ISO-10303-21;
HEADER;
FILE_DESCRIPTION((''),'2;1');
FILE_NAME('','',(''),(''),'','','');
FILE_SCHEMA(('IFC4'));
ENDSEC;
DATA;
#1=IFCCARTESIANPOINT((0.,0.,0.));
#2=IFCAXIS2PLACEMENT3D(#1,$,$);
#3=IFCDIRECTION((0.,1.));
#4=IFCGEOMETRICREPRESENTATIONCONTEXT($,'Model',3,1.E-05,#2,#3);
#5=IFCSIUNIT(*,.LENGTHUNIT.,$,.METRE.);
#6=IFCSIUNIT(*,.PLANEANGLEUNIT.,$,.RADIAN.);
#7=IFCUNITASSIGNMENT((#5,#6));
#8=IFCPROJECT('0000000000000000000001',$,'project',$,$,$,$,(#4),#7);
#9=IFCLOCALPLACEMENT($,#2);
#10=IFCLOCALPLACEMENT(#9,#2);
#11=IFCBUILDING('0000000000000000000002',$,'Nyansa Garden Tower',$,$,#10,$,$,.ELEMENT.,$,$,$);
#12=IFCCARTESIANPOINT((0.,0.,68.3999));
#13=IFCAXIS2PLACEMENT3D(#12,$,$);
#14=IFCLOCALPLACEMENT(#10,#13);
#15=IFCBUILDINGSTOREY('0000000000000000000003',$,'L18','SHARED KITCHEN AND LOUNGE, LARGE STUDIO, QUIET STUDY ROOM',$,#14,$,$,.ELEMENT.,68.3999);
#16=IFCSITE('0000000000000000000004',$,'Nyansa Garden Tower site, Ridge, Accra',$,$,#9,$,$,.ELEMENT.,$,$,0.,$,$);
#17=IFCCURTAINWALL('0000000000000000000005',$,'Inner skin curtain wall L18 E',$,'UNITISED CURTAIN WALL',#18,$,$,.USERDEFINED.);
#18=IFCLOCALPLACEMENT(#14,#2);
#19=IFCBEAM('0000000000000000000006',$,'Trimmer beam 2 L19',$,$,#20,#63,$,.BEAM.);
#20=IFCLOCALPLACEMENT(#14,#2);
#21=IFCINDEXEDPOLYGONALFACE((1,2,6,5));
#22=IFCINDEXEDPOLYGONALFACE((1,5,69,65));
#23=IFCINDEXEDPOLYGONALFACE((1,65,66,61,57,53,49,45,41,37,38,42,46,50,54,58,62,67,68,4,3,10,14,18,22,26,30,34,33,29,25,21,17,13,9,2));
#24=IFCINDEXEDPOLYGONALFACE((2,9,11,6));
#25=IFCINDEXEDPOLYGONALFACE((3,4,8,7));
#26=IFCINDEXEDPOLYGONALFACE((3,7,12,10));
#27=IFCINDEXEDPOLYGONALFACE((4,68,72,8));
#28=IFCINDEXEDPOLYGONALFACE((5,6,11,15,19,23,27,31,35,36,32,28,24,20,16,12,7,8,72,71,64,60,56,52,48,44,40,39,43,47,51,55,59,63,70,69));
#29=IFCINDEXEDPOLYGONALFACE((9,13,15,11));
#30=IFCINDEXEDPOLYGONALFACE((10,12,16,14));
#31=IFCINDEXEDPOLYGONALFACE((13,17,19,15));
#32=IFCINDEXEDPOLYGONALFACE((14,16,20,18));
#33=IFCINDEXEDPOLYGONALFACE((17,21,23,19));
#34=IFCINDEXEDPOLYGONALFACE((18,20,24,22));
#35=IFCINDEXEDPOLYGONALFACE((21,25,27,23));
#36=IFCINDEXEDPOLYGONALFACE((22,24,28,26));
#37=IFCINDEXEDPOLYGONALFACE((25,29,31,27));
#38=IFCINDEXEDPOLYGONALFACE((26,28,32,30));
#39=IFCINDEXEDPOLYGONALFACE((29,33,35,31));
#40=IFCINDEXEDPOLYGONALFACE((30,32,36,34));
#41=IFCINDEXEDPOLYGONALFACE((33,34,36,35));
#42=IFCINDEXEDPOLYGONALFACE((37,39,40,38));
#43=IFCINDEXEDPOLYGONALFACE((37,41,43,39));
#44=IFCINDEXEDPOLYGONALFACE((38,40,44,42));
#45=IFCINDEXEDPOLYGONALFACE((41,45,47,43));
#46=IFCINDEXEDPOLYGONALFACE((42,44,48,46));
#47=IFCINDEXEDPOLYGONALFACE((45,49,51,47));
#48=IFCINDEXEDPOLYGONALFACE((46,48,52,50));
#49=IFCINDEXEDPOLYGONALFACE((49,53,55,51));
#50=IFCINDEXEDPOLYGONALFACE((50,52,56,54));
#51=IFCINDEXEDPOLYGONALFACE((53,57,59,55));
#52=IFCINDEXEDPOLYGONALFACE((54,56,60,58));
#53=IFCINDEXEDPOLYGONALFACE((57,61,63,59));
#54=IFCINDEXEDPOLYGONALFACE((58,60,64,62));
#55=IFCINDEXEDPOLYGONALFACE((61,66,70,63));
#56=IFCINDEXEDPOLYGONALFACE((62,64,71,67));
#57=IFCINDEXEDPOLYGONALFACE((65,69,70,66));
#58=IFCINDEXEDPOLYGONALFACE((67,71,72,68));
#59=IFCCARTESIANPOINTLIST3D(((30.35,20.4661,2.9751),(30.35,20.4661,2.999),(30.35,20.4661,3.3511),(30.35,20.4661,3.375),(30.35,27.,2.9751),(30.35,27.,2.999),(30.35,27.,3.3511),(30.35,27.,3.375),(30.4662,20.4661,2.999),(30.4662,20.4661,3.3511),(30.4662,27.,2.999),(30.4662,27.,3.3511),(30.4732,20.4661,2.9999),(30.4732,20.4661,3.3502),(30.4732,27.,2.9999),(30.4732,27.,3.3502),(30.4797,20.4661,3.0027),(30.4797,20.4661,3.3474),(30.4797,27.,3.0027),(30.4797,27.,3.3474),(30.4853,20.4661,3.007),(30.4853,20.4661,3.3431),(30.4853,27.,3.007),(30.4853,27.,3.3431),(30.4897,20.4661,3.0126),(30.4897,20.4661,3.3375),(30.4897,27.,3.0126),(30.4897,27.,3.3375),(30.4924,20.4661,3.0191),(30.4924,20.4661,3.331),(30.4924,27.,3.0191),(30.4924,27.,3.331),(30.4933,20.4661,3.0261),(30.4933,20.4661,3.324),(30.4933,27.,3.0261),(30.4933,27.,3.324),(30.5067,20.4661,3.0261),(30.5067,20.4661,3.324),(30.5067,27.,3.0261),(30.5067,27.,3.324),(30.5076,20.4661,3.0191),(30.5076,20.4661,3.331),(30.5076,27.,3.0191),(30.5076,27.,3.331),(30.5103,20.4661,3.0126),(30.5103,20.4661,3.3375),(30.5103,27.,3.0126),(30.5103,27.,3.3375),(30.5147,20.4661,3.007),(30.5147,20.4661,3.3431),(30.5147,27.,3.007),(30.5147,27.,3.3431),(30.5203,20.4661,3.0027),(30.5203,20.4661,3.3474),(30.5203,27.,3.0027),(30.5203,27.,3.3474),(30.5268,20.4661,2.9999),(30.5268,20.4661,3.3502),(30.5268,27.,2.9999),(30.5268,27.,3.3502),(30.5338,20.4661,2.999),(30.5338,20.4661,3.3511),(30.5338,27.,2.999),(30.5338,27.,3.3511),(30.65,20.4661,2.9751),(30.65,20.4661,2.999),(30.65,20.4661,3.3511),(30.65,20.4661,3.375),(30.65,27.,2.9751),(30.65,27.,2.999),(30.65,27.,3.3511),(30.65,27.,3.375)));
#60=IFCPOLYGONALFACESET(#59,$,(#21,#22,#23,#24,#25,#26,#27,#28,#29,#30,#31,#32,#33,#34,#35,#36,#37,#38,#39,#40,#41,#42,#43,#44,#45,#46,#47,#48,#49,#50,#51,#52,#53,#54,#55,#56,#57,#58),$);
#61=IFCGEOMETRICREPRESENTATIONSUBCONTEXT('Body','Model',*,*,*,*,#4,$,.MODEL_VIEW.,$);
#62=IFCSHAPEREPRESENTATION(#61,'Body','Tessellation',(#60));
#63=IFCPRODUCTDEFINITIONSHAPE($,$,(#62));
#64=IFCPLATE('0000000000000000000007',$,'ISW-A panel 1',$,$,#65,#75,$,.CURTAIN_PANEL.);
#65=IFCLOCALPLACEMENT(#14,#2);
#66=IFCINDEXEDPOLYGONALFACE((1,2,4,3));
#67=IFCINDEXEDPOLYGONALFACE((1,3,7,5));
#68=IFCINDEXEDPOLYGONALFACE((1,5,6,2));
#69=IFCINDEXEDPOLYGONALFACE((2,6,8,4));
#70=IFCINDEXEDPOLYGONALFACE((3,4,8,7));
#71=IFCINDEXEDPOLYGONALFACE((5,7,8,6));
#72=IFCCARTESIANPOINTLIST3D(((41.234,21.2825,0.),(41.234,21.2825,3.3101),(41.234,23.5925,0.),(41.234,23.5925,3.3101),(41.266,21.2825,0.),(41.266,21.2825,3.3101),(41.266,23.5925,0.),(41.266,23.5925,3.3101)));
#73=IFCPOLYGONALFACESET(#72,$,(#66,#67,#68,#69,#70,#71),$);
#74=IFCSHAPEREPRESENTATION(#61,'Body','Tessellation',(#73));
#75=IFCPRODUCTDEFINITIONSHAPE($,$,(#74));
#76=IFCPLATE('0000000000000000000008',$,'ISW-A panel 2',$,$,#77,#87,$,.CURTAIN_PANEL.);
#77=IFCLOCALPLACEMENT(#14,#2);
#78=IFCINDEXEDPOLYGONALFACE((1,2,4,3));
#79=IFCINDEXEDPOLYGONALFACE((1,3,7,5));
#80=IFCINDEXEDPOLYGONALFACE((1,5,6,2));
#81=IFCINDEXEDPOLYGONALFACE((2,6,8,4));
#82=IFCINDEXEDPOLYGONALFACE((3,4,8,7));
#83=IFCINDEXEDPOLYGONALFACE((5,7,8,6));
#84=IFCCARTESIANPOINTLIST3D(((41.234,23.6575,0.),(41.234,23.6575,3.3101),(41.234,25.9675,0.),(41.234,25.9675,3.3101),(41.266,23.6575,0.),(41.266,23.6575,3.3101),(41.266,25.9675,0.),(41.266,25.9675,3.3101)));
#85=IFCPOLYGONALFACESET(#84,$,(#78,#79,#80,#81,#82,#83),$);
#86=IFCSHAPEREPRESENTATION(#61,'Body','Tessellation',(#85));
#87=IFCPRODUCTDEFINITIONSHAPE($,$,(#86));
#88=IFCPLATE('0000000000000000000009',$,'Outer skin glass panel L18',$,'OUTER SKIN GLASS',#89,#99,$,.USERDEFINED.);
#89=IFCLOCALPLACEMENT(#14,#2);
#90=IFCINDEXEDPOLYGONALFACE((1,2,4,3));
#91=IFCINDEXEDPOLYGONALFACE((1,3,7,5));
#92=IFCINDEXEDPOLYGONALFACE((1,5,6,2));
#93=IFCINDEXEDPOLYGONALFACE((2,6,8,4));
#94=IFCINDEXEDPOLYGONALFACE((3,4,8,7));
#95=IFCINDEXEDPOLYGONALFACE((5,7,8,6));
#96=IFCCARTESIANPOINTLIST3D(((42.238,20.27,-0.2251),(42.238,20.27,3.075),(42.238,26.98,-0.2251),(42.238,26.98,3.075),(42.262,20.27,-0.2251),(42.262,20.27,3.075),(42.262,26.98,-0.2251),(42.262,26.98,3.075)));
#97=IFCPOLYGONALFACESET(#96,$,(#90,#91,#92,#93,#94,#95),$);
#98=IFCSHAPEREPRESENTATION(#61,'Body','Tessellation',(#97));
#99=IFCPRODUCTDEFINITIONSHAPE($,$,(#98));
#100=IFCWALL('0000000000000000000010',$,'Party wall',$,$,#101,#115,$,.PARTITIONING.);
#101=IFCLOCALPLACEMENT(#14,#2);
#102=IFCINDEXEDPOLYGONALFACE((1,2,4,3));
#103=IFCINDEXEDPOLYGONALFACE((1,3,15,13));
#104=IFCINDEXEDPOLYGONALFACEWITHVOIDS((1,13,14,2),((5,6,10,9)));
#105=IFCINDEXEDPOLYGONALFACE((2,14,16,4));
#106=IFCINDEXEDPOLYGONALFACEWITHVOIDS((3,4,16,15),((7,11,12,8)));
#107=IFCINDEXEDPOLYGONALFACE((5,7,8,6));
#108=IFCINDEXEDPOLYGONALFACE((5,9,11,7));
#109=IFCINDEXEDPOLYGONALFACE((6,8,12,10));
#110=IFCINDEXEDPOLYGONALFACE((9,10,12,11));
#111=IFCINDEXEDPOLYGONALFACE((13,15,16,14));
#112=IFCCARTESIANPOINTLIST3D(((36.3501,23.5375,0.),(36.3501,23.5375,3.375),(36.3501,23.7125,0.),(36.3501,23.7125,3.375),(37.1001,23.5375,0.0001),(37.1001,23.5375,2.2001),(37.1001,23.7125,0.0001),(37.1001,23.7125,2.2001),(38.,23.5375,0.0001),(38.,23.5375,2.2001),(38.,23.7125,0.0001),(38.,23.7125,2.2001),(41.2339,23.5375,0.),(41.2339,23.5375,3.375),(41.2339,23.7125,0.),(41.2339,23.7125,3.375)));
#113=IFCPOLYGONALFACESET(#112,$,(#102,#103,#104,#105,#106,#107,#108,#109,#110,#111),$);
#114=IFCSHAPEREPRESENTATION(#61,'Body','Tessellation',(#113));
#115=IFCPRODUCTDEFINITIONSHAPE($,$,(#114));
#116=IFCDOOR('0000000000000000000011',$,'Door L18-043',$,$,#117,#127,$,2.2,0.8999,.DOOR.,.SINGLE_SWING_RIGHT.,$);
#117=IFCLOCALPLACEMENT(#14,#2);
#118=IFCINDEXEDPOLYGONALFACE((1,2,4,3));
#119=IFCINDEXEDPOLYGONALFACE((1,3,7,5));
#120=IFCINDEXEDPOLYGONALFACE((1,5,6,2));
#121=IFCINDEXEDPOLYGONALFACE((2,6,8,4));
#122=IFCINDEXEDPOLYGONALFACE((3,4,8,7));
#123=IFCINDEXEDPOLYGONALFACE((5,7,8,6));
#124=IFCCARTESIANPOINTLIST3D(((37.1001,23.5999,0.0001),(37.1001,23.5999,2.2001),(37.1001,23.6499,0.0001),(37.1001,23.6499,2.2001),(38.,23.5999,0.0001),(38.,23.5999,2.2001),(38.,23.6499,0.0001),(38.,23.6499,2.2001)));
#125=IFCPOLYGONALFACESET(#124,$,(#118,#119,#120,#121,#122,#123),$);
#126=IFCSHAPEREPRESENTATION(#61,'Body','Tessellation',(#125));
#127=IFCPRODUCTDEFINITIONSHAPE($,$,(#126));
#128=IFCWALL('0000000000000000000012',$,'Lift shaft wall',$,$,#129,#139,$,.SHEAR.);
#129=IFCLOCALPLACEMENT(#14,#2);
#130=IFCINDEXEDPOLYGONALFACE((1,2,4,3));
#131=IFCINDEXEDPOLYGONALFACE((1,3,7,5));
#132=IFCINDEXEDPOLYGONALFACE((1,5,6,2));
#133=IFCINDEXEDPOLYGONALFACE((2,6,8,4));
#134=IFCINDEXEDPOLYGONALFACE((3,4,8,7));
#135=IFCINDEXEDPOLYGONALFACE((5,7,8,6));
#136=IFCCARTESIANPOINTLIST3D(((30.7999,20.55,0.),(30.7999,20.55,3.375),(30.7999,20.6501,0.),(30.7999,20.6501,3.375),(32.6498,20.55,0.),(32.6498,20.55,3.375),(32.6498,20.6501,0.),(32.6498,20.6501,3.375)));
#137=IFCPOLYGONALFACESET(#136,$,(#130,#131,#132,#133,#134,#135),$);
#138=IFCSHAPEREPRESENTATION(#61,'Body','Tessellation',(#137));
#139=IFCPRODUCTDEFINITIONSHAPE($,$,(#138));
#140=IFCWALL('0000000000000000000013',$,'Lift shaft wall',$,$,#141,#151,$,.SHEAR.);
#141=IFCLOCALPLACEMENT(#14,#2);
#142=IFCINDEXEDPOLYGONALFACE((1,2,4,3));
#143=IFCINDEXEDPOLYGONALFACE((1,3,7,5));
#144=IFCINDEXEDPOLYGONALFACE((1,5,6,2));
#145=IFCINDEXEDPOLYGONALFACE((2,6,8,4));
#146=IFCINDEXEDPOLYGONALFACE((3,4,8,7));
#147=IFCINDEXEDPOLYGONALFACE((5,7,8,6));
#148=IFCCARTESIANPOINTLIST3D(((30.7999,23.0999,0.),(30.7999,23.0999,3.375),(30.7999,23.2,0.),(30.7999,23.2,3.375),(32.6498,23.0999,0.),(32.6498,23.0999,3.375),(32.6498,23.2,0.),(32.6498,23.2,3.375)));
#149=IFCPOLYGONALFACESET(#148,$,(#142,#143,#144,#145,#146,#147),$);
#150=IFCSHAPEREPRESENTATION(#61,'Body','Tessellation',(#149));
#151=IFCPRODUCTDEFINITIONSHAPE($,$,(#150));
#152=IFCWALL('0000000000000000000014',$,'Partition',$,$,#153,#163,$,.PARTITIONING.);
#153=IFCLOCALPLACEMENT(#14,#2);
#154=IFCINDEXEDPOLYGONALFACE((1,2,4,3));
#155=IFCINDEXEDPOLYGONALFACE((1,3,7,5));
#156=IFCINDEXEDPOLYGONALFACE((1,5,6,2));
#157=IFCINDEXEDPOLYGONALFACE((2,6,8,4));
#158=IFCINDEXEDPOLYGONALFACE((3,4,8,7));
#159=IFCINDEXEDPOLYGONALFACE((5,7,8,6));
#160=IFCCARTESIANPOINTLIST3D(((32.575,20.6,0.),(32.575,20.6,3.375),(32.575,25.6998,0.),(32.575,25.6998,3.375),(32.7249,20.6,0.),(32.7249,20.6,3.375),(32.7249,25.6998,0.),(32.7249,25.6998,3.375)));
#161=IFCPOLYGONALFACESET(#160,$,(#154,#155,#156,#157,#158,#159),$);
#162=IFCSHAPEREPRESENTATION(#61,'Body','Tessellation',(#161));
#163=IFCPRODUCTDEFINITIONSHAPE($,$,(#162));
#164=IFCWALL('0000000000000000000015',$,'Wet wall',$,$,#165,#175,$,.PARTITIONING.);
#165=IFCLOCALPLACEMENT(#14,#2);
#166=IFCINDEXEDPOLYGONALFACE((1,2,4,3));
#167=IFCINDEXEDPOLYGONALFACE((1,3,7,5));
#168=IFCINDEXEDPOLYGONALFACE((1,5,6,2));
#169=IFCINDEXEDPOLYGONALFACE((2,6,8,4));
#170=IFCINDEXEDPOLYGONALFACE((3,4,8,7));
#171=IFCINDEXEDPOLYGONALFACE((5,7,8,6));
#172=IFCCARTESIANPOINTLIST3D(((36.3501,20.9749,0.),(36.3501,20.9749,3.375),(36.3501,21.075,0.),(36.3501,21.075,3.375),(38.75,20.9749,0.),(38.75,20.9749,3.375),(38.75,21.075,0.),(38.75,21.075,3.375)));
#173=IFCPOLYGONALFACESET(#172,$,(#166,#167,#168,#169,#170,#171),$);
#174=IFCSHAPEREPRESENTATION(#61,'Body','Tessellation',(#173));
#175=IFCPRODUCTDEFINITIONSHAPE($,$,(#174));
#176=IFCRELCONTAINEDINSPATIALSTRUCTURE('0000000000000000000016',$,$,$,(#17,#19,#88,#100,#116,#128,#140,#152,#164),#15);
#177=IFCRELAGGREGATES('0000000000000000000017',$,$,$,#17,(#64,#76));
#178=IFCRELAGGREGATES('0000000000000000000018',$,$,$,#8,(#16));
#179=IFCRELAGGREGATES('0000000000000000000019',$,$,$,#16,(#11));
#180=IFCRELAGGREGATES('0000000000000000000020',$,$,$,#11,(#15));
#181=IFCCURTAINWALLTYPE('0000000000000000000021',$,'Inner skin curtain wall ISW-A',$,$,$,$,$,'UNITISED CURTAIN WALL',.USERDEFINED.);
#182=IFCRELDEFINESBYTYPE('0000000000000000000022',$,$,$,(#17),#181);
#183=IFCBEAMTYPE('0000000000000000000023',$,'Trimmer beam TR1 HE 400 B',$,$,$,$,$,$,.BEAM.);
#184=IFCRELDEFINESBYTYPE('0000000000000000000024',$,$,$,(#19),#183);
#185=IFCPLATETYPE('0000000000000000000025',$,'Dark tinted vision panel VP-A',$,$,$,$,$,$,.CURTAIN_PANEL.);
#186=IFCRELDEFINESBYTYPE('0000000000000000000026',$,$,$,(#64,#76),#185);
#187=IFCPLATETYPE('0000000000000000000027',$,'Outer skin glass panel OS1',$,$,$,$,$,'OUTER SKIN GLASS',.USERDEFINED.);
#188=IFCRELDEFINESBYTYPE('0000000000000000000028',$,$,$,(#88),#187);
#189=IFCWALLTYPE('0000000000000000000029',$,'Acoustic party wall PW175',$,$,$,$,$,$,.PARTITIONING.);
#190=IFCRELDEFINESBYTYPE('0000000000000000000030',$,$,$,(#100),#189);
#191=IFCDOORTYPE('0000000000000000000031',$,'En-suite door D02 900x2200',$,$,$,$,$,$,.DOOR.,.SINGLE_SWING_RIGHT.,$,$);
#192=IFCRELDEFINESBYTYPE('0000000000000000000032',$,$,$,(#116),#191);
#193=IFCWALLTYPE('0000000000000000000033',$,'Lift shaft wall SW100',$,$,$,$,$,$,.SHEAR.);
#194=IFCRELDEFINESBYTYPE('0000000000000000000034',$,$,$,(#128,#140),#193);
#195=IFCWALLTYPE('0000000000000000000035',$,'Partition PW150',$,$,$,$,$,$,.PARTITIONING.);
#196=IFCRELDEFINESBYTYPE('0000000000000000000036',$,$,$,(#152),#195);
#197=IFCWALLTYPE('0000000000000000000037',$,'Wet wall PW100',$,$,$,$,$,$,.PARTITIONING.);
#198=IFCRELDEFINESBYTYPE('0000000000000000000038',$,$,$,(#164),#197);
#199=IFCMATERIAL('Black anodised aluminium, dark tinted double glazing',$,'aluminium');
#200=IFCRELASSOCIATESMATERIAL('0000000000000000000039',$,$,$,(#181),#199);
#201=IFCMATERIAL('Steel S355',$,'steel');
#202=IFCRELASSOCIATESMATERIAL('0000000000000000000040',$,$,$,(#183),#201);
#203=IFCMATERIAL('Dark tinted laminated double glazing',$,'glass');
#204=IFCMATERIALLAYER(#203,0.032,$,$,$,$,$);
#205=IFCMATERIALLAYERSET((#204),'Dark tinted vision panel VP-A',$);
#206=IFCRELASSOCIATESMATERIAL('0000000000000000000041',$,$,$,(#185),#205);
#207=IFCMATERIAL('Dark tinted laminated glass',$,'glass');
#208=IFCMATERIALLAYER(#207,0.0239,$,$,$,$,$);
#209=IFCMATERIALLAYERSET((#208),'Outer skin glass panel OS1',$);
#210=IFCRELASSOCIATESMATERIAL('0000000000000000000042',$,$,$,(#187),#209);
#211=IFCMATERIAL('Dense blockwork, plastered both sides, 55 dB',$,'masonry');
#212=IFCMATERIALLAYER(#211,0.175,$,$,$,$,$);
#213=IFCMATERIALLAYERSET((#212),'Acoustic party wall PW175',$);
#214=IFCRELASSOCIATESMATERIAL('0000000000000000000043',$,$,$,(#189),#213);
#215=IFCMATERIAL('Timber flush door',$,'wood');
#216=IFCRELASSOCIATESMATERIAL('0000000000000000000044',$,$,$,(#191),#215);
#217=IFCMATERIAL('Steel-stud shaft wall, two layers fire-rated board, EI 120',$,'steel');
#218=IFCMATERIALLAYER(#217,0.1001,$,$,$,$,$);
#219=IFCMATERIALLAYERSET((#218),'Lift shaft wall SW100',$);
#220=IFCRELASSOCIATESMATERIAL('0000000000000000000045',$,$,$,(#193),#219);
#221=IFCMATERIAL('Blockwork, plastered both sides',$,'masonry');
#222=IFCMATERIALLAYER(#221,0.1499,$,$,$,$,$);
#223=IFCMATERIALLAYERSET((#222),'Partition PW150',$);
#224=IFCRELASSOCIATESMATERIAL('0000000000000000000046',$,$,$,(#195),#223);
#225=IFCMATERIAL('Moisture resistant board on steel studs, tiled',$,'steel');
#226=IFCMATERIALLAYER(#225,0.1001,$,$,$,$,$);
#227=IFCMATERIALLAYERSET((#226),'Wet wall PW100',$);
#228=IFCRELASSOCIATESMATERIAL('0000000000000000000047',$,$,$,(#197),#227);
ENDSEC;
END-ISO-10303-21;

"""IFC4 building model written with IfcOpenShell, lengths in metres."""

from ifc_helpers import new_model, si_unit, direction, frame, frame_2d, origin, origin_2d, place, context, subcontext, project, spatial, rectangle, i_section, extrude, material, layer, layer_set, material_profile, profile_set, type_object, element, fill, aggregate, save


model = new_model("IFC4")

# Units and contexts
model_context = context("Model", 3, precision=1e-05, world=origin(), true_north=direction((0.0, 1.0)))
body_context = subcontext(model_context, "Body", "Model", "MODEL_VIEW")
ifc_project = project(units=[si_unit("LENGTHUNIT", "METRE"), si_unit("PLANEANGLEUNIT", "RADIAN")], contexts=[model_context])

# Site, building, storey
site_placement = place(None, origin())
site = spatial("IfcSite", under=ifc_project, at=site_placement, Name="Nyansa Garden Tower site, Ridge, Accra", CompositionType="ELEMENT", RefElevation=0.0)
building_placement = place(site_placement, origin())
building = spatial("IfcBuilding", under=site, at=building_placement, Name="Nyansa Garden Tower", CompositionType="ELEMENT")
storey_placement = place(building_placement, frame((0.0, 0.0, 68.3999)))
storey = spatial("IfcBuildingStorey", under=building, at=storey_placement, Name="L18", Description="SHARED KITCHEN AND LOUNGE, LARGE STUDIO, QUIET STUDY ROOM", CompositionType="ELEMENT", Elevation=68.3999)

# Curtain wall
ifc_material_1 = material(Name="Black anodised aluminium, dark tinted double glazing", Category="aluminium")
curtain_wall_type = type_object("IfcCurtainWallType", Name="Inner skin curtain wall ISW-A", ElementType="UNITISED CURTAIN WALL", PredefinedType="USERDEFINED", material=ifc_material_1)
curtain_wall_placement = place(storey_placement, origin())
curtain_wall = element("IfcCurtainWall", 1, at=curtain_wall_placement, inside=storey, type_object=curtain_wall_type, Name="Inner skin curtain wall L18 E", ObjectType="UNITISED CURTAIN WALL", PredefinedType="USERDEFINED")

# Beam
ifc_material_2 = material(Name="Steel S355", Category="steel")
ifc_material_profile_1 = material_profile(ifc_material_2, i_section(OverallWidth=0.3, OverallDepth=0.3999, WebThickness=0.0134, FlangeThickness=0.0239, FilletRadius=0.0271, at=origin_2d()), Name="HE 400 B")
ifc_profile_set_1 = profile_set([ifc_material_profile_1], Name="Steel S355")
beam_type_1 = type_object("IfcBeamType", Name="Trimmer beam TR1 HE 400 B", PredefinedType="BEAM", material=ifc_profile_set_1)
beam_1_placement = place(storey_placement, frame((30.5, 20.4661, 3.175), z_axis=(0.0, 1.0, 0.0), x_axis=(-1.0, 0.0, 0.0)))
element("IfcBeam", 2, at=beam_1_placement, inside=storey, type_object=beam_type_1, Name="Trimmer beam 2 L19", PredefinedType="BEAM", context=body_context, shape_type="SweptSolid", body=[
    extrude(i_section(OverallWidth=0.3, OverallDepth=0.3999, WebThickness=0.0134, FlangeThickness=0.0239, FilletRadius=0.0271, at=origin_2d()), origin(), (0.0, 0.0, 1.0), 6.5339),
])

# Plates
ifc_material_3 = material(Name="Dark tinted laminated double glazing", Category="glass")
ifc_layer_1 = layer(ifc_material_3, 0.032)
ifc_layer_set_1 = layer_set([ifc_layer_1], Name="Dark tinted vision panel VP-A")
plate_type_1 = type_object("IfcPlateType", Name="Dark tinted vision panel VP-A", PredefinedType="CURTAIN_PANEL", material=ifc_layer_set_1)
plate_1_placement = place(storey_placement, frame((41.25, 22.4375, 0.0), z_axis=(0.0, 0.0, 1.0), x_axis=(0.0, 1.0, 0.0)))
plate_1 = element("IfcPlate", 3, at=plate_1_placement, type_object=plate_type_1, Name="ISW-A panel 1", PredefinedType="CURTAIN_PANEL", context=body_context, shape_type="SweptSolid", body=[
    extrude(rectangle(XDim=2.3101, YDim=0.032, at=origin_2d()), origin(), (0.0, 0.0, 1.0), 3.3101),
])
plate_2_placement = place(storey_placement, frame((41.25, 24.8125, 0.0), z_axis=(0.0, 0.0, 1.0), x_axis=(0.0, 1.0, 0.0)))
plate_2 = element("IfcPlate", 4, at=plate_2_placement, type_object=plate_type_1, Name="ISW-A panel 2", PredefinedType="CURTAIN_PANEL", context=body_context, shape_type="SweptSolid", body=[
    extrude(rectangle(XDim=2.3101, YDim=0.032, at=origin_2d()), origin(), (0.0, 0.0, 1.0), 3.3101),
])
aggregate(curtain_wall, [plate_1, plate_2])
ifc_material_4 = material(Name="Dark tinted laminated glass", Category="glass")
ifc_layer_2 = layer(ifc_material_4, 0.0239)
ifc_layer_set_2 = layer_set([ifc_layer_2], Name="Outer skin glass panel OS1")
plate_type_2 = type_object("IfcPlateType", Name="Outer skin glass panel OS1", ElementType="OUTER SKIN GLASS", PredefinedType="USERDEFINED", material=ifc_layer_set_2)
plate_3_placement = place(storey_placement, frame((42.25, 23.625, -0.2251), z_axis=(0.0, 0.0, 1.0), x_axis=(0.0, 1.0, 0.0)))
element("IfcPlate", 5, at=plate_3_placement, inside=storey, type_object=plate_type_2, Name="Outer skin glass panel L18", ObjectType="OUTER SKIN GLASS", PredefinedType="USERDEFINED", context=body_context, shape_type="SweptSolid", body=[
    extrude(rectangle(XDim=6.71, YDim=0.0239, at=origin_2d()), origin(), (0.0, 0.0, 1.0), 3.3),
])

# Wall, opening, door
ifc_material_5 = material(Name="Dense blockwork, plastered both sides, 55 dB", Category="masonry")
ifc_layer_3 = layer(ifc_material_5, 0.175)
ifc_layer_set_3 = layer_set([ifc_layer_3], Name="Acoustic party wall PW175")
wall_type_1 = type_object("IfcWallType", Name="Acoustic party wall PW175", PredefinedType="PARTITIONING", material=ifc_layer_set_3)
wall_1_placement = place(storey_placement, frame((36.3501, 23.625, 0.0), z_axis=(0.0, 0.0, 1.0), x_axis=(1.0, 0.0, 0.0)))
wall_1 = element("IfcWall", 6, at=wall_1_placement, inside=storey, type_object=wall_type_1, Name="Party wall", PredefinedType="PARTITIONING", context=body_context, shape_type="SweptSolid", body=[
    extrude(rectangle(XDim=4.8838, YDim=0.175, at=frame_2d((2.4419, 0.0))), origin(), (0.0, 0.0, 1.0), 3.375),
])
opening_placement = place(wall_1_placement, frame((0.75, 0.0, 0.0)))
opening = element("IfcOpeningElement", 7, at=opening_placement, cuts=wall_1, PredefinedType="OPENING", context=body_context, shape_type="SweptSolid", body=[
    extrude(rectangle(XDim=0.8999, YDim=2.2, at=frame_2d((0.45, 1.1001))), frame((0.0, 0.0974, 0.0), z_axis=(0.0, -1.0, 0.0), x_axis=(1.0, 0.0, 0.0)), (0.0, 0.0, 1.0), 0.1951),
])
ifc_material_6 = material(Name="Timber flush door", Category="wood")
door_type = type_object("IfcDoorType", Name="En-suite door D02 900x2200", OperationType="SINGLE_SWING_RIGHT", PredefinedType="DOOR", material=ifc_material_6)
door_placement = place(opening_placement, origin())
door = element("IfcDoor", 8, at=door_placement, inside=storey, type_object=door_type, Name="Door L18-043", OperationType="SINGLE_SWING_RIGHT", OverallHeight=2.2, OverallWidth=0.8999, PredefinedType="DOOR", context=body_context, shape_type="SweptSolid", body=[
    extrude(rectangle(XDim=0.8999, YDim=2.2, at=frame_2d((0.45, 1.1001))), frame((0.0, 0.0249, 0.0), z_axis=(0.0, -1.0, 0.0), x_axis=(1.0, 0.0, 0.0)), (0.0, 0.0, 1.0), 0.05),
])
fill(opening, door)

# Walls
ifc_material_7 = material(Name="Steel-stud shaft wall, two layers fire-rated board, EI 120", Category="steel")
ifc_layer_4 = layer(ifc_material_7, 0.1001)
ifc_layer_set_4 = layer_set([ifc_layer_4], Name="Lift shaft wall SW100")
wall_type_2 = type_object("IfcWallType", Name="Lift shaft wall SW100", PredefinedType="SHEAR", material=ifc_layer_set_4)
for number, where, z_axis, x_axis, name in (
    (9, (30.8, 20.6001, 0.0), (0.0, 0.0, 1.0), (1.0, 0.0, 0.0), "Lift shaft wall"),
    (10, (30.8, 23.1499, 0.0), (0.0, 0.0, 1.0), (1.0, 0.0, 0.0), "Lift shaft wall"),
):
    element("IfcWall", number, at=place(storey_placement, frame(where, z_axis=z_axis, x_axis=x_axis)), inside=storey, type_object=wall_type_2, Name=name, PredefinedType="SHEAR", context=body_context, shape_type="SweptSolid", body=[
        extrude(rectangle(XDim=1.8499, YDim=0.1001, at=frame_2d((0.9248, 0.0))), origin(), (0.0, 0.0, 1.0), 3.375),
    ])
ifc_material_8 = material(Name="Blockwork, plastered both sides", Category="masonry")
ifc_layer_5 = layer(ifc_material_8, 0.1499)
ifc_layer_set_5 = layer_set([ifc_layer_5], Name="Partition PW150")
wall_type_3 = type_object("IfcWallType", Name="Partition PW150", PredefinedType="PARTITIONING", material=ifc_layer_set_5)
wall_2_placement = place(storey_placement, frame((32.6499, 20.6001, 0.0), z_axis=(0.0, 0.0, 1.0), x_axis=(0.0, 1.0, 0.0)))
element("IfcWall", 11, at=wall_2_placement, inside=storey, type_object=wall_type_3, Name="Partition", PredefinedType="PARTITIONING", context=body_context, shape_type="SweptSolid", body=[
    extrude(rectangle(XDim=5.0999, YDim=0.1499, at=frame_2d((2.5498, 0.0))), origin(), (0.0, 0.0, 1.0), 3.375),
])
ifc_material_9 = material(Name="Moisture resistant board on steel studs, tiled", Category="steel")
ifc_layer_6 = layer(ifc_material_9, 0.1001)
ifc_layer_set_6 = layer_set([ifc_layer_6], Name="Wet wall PW100")
wall_type_4 = type_object("IfcWallType", Name="Wet wall PW100", PredefinedType="PARTITIONING", material=ifc_layer_set_6)
for number, where, z_axis, x_axis, name in (
    (12, (36.3501, 21.0249, 0.0), (0.0, 0.0, 1.0), (1.0, 0.0, 0.0), "Wet wall"),
):
    element("IfcWall", number, at=place(storey_placement, frame(where, z_axis=z_axis, x_axis=x_axis)), inside=storey, type_object=wall_type_4, Name=name, PredefinedType="PARTITIONING", context=body_context, shape_type="SweptSolid", body=[
        extrude(rectangle(XDim=2.3999, YDim=0.1001, at=frame_2d((1.2, 0.0))), origin(), (0.0, 0.0, 1.0), 3.375),
    ])

save(model, "model.ifc")
